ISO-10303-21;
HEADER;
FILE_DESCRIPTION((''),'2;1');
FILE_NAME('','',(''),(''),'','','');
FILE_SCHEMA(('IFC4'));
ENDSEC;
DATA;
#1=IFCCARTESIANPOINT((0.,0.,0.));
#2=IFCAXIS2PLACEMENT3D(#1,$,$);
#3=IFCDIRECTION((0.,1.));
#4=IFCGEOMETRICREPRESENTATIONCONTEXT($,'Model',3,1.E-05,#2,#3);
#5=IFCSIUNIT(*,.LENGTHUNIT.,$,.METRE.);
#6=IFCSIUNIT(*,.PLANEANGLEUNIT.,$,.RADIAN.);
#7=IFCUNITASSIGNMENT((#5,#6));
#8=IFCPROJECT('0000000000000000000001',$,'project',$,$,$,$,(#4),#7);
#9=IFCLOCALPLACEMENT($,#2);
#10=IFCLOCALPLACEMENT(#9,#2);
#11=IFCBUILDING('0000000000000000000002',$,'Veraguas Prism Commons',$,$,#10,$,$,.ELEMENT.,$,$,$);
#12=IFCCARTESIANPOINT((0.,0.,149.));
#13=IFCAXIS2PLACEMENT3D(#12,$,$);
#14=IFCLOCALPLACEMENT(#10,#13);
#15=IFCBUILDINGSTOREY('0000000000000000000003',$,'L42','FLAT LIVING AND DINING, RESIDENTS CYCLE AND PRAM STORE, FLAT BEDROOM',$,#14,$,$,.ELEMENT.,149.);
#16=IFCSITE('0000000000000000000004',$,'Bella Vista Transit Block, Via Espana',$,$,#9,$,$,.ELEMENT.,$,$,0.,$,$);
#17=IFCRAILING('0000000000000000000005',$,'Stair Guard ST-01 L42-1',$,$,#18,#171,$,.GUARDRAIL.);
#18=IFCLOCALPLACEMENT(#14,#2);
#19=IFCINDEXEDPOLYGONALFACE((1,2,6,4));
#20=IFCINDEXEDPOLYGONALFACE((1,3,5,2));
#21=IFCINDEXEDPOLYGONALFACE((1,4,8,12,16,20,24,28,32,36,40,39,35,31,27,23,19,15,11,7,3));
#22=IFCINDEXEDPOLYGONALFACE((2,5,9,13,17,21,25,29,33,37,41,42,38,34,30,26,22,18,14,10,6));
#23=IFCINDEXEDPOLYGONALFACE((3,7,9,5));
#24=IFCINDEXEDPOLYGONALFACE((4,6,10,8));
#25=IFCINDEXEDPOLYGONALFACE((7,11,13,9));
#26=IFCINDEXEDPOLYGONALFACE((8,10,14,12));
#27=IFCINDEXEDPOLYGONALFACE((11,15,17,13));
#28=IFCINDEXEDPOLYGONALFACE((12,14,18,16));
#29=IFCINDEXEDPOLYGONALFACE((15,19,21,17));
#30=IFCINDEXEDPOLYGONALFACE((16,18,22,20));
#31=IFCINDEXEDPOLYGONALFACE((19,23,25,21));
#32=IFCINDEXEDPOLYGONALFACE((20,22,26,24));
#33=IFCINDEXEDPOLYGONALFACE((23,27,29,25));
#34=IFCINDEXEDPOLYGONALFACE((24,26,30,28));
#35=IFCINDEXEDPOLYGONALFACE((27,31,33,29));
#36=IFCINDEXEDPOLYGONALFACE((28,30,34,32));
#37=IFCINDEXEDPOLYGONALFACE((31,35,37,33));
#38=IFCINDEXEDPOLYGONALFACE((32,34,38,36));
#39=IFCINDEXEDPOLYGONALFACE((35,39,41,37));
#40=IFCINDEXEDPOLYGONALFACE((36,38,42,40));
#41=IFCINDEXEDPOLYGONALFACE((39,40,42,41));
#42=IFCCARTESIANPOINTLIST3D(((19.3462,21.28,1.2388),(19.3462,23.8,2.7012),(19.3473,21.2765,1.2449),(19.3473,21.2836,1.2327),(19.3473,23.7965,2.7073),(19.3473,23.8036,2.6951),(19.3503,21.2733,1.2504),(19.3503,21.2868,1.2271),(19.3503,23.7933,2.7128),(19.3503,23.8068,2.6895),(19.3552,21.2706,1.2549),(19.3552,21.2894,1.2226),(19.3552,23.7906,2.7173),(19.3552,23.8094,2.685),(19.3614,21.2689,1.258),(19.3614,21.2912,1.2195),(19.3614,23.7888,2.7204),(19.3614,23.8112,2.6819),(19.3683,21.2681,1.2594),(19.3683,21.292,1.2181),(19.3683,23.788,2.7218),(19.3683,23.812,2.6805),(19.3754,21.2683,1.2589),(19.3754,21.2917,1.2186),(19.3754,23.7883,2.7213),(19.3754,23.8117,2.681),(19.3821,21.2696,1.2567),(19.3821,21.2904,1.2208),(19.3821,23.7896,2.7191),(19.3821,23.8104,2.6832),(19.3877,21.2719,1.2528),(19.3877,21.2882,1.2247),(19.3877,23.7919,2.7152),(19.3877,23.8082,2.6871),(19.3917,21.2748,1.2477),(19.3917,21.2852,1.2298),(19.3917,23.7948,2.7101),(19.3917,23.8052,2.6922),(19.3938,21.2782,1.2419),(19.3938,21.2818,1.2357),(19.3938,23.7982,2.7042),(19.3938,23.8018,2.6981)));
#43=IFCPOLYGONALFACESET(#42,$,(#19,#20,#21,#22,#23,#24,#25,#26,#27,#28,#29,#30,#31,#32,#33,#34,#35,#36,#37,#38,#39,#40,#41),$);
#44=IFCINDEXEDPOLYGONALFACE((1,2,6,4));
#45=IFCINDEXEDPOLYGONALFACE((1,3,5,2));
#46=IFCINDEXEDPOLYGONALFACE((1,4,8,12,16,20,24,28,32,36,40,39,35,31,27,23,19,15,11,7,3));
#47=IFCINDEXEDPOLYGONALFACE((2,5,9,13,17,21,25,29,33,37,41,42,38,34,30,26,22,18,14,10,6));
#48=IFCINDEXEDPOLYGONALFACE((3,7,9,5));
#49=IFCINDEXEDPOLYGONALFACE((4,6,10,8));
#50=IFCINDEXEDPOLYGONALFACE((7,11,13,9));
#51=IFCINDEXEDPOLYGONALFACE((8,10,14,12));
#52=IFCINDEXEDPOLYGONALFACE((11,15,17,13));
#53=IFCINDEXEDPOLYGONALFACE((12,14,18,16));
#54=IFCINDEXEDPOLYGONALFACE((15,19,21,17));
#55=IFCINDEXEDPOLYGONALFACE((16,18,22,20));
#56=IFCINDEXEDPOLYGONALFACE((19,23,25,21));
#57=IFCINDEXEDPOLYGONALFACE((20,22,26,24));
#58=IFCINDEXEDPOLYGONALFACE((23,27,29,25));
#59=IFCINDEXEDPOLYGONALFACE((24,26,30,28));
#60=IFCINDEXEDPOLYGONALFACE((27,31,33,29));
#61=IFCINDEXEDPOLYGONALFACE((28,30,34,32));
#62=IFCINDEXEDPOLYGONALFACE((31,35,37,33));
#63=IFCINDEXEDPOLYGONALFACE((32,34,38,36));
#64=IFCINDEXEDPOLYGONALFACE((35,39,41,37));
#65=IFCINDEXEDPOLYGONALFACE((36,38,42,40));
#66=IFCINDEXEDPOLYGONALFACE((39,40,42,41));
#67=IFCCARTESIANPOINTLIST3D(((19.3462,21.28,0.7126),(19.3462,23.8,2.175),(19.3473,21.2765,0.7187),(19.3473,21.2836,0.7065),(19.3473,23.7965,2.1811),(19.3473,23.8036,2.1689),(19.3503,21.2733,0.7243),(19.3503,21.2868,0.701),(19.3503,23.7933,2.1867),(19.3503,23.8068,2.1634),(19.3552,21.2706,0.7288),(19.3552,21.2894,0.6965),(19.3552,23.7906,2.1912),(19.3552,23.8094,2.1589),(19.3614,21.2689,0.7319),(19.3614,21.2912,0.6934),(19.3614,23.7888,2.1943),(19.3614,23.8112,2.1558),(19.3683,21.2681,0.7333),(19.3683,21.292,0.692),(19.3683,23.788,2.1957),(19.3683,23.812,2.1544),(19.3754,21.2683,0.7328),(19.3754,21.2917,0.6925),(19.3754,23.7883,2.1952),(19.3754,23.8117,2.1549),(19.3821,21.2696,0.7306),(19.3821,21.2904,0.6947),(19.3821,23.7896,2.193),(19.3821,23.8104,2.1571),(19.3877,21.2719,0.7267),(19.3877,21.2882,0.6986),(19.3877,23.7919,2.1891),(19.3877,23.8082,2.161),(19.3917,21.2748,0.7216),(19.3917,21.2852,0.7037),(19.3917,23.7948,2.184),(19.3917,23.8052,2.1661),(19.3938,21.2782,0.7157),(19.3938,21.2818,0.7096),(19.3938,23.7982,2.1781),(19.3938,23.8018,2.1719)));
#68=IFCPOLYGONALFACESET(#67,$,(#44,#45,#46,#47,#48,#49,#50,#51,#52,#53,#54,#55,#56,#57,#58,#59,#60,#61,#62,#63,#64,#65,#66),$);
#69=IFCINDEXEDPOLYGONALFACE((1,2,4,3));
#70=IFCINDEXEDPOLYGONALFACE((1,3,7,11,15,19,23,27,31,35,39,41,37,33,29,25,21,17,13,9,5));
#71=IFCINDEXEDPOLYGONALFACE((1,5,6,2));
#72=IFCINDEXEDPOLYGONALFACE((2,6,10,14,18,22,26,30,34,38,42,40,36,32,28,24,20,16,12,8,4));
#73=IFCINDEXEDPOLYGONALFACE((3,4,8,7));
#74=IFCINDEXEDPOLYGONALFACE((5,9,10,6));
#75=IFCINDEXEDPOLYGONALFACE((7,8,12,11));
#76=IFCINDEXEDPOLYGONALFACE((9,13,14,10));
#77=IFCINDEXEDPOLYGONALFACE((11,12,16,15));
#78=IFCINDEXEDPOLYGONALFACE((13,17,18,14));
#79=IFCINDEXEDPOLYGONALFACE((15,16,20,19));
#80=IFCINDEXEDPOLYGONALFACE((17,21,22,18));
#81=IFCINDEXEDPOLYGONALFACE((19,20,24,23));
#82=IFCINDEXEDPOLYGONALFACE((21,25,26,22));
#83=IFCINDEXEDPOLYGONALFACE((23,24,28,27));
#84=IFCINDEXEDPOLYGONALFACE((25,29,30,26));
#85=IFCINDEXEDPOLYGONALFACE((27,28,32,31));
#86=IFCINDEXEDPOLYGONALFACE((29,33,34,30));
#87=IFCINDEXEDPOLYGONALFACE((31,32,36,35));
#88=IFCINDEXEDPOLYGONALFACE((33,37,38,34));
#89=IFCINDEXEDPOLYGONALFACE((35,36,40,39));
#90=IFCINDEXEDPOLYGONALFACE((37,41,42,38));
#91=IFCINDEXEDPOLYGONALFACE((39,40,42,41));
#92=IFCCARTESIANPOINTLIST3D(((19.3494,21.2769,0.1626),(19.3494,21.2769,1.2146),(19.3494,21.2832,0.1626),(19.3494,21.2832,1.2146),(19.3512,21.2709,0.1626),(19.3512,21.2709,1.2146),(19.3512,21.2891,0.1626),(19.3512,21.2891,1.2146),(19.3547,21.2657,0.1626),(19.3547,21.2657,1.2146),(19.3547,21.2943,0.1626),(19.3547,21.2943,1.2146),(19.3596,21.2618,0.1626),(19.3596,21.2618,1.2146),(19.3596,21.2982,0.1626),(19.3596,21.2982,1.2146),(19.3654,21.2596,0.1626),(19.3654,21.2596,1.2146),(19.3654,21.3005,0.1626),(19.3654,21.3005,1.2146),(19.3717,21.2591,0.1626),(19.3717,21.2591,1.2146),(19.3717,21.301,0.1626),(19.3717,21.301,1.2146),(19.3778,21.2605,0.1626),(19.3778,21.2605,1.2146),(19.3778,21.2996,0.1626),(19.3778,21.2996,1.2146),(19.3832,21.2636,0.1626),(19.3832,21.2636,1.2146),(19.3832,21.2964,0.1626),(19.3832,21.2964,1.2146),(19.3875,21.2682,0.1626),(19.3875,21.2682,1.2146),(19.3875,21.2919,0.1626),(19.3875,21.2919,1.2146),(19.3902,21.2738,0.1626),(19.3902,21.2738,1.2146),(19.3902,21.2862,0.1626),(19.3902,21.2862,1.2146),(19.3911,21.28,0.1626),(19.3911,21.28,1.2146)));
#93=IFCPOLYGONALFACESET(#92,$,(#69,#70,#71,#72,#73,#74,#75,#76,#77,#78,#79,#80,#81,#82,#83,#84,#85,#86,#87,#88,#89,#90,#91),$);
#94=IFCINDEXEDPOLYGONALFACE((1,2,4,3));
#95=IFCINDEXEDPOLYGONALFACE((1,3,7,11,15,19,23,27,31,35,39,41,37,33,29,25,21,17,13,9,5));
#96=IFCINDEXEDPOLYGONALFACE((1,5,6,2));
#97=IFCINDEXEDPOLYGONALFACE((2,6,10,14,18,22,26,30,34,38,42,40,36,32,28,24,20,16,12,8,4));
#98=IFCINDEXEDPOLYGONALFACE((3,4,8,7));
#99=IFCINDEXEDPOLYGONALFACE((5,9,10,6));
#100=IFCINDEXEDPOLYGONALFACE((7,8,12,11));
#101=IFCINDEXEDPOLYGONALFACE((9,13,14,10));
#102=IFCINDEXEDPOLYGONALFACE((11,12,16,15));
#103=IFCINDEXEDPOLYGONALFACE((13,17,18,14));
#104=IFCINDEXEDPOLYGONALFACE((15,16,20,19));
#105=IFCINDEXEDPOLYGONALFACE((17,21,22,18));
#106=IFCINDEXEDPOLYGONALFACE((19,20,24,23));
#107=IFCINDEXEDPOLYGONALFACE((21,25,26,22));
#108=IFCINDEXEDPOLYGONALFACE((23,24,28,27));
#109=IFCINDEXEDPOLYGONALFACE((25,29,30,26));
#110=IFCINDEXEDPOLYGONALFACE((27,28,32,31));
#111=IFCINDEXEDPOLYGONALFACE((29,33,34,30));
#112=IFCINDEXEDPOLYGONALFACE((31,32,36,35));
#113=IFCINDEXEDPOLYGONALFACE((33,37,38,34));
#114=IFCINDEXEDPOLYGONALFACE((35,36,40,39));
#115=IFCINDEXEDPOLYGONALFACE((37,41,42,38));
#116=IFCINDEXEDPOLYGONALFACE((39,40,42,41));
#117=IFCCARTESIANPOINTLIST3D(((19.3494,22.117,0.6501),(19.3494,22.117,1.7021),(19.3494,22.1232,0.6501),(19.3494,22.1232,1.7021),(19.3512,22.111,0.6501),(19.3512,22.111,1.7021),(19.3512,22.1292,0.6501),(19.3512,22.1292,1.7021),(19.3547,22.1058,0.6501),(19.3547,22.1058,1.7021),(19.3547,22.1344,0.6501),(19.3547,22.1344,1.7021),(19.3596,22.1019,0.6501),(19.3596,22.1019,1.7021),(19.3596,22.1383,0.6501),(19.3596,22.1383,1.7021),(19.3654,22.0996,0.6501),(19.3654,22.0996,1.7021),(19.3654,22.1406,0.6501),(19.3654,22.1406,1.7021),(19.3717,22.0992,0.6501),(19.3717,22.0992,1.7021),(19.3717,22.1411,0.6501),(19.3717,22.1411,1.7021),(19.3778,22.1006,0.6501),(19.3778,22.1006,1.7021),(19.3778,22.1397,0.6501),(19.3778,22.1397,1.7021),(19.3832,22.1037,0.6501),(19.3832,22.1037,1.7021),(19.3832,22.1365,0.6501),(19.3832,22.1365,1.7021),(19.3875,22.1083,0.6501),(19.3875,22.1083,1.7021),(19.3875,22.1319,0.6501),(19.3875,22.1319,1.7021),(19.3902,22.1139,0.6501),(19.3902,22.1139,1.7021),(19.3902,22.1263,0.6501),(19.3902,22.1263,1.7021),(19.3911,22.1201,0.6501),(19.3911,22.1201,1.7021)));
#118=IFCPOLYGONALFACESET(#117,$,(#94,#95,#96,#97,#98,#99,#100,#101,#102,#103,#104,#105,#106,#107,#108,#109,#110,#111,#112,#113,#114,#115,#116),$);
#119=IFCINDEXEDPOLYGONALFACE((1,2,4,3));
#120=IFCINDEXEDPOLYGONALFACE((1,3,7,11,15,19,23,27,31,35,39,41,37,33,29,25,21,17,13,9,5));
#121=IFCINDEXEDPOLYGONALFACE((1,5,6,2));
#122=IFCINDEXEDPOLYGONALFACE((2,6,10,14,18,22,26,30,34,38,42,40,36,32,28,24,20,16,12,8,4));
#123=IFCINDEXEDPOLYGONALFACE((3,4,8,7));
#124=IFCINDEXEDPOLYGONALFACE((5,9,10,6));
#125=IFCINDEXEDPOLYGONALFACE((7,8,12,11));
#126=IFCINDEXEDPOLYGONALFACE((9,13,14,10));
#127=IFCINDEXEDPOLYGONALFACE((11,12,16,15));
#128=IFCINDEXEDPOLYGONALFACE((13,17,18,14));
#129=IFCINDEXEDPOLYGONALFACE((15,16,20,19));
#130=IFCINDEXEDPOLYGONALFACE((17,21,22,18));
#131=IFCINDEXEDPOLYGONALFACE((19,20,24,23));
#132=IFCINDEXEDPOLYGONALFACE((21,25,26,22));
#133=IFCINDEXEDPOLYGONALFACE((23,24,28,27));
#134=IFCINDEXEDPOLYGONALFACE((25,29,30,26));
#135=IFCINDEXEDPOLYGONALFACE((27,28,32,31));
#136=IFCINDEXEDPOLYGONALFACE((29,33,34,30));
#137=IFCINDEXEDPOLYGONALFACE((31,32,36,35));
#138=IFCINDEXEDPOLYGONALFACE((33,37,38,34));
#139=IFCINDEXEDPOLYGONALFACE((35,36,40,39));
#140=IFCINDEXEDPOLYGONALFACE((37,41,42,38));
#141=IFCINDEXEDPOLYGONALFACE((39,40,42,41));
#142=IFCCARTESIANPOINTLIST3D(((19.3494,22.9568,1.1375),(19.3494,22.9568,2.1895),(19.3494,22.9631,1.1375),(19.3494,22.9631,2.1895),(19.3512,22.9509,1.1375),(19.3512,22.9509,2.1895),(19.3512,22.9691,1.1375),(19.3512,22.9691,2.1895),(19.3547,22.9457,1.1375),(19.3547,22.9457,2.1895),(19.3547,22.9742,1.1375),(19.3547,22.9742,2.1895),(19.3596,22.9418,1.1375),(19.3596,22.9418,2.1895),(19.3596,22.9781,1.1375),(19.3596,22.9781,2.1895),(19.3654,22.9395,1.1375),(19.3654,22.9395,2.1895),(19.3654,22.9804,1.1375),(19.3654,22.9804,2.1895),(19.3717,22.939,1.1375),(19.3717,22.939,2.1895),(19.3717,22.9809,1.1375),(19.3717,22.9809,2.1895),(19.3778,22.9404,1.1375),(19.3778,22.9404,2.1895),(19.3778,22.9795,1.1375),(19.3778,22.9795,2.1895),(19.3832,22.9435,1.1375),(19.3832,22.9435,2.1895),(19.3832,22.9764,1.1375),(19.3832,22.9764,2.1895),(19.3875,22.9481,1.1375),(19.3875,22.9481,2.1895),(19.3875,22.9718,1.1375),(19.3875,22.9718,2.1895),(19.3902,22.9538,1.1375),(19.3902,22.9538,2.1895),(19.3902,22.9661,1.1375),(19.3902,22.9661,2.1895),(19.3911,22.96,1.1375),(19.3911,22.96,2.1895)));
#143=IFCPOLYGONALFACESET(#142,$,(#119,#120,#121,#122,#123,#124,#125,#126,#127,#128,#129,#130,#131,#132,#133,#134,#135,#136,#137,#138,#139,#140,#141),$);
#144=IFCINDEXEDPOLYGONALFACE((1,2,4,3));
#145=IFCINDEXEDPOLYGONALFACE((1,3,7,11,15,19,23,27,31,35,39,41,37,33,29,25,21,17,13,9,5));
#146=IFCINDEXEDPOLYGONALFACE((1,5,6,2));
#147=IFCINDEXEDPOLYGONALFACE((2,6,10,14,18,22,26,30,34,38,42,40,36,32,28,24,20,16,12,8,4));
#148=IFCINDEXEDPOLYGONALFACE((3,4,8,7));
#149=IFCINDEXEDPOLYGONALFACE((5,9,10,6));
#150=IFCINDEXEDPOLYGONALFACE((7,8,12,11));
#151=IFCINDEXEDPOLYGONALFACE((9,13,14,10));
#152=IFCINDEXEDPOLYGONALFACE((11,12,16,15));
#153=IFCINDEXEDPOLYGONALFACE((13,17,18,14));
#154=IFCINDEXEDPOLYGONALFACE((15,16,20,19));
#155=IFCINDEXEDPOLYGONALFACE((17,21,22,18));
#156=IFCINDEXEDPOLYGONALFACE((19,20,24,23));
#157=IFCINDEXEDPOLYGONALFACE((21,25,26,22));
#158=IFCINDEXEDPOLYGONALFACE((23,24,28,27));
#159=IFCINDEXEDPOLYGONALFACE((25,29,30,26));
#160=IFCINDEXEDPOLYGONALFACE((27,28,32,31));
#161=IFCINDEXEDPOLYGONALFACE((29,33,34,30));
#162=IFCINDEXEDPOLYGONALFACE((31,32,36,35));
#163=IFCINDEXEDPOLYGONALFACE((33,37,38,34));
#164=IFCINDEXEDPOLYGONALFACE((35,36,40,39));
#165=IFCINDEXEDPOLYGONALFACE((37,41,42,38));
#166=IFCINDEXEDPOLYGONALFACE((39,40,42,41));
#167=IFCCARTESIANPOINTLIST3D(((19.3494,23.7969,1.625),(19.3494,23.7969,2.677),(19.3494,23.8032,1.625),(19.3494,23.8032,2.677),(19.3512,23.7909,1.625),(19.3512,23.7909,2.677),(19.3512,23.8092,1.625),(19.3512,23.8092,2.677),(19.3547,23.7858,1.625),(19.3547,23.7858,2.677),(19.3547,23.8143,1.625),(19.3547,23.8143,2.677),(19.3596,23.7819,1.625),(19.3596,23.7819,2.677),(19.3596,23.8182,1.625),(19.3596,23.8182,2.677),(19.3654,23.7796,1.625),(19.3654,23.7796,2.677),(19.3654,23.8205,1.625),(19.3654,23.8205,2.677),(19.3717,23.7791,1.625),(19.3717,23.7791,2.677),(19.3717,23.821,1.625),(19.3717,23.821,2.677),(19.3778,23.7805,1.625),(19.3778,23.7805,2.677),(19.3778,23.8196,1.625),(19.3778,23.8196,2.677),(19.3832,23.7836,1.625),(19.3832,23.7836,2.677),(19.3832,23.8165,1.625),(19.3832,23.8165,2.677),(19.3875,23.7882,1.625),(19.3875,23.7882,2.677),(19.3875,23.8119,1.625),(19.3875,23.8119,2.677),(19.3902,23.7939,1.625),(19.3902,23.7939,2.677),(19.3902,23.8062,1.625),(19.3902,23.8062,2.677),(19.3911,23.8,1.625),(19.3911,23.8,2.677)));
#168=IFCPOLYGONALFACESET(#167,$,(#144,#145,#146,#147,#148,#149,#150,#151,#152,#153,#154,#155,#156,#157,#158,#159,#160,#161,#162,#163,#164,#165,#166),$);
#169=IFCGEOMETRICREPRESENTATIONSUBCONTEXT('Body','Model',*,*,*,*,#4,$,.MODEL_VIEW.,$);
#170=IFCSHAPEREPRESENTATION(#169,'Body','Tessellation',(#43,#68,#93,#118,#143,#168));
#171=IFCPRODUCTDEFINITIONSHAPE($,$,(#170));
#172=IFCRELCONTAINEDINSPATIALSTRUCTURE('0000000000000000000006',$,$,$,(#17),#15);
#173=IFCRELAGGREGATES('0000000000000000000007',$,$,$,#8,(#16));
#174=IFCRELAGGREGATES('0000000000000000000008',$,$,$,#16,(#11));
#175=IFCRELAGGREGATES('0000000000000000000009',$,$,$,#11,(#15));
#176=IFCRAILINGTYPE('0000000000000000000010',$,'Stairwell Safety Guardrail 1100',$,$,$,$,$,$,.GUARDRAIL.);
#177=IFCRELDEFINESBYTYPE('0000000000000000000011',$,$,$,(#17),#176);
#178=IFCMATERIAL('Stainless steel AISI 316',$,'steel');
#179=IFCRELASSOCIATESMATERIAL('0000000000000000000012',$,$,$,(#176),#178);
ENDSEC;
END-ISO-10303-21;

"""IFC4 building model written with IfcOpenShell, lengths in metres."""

from ifc_helpers import new_model, si_unit, direction, frame, origin, origin_2d, place, context, subcontext, project, spatial, circle, extrude, material, type_object, element, save


model = new_model("IFC4")

# Units and contexts
model_context = context("Model", 3, precision=1e-05, world=origin(), true_north=direction((0.0, 1.0)))
body_context = subcontext(model_context, "Body", "Model", "MODEL_VIEW")
ifc_project = project(units=[si_unit("LENGTHUNIT", "METRE"), si_unit("PLANEANGLEUNIT", "RADIAN")], contexts=[model_context])

# Site, building, storey
site_placement = place(None, origin())
site = spatial("IfcSite", under=ifc_project, at=site_placement, Name="Bella Vista Transit Block, Via Espana", CompositionType="ELEMENT", RefElevation=0.0)
building_placement = place(site_placement, origin())
building = spatial("IfcBuilding", under=site, at=building_placement, Name="Veraguas Prism Commons", CompositionType="ELEMENT")
storey_placement = place(building_placement, frame((0.0, 0.0, 149.0)))
storey = spatial("IfcBuildingStorey", under=building, at=storey_placement, Name="L42", Description="FLAT LIVING AND DINING, RESIDENTS CYCLE AND PRAM STORE, FLAT BEDROOM", CompositionType="ELEMENT", Elevation=149.0)

# Shared definitions
ifc_material_1 = material(Name="Stainless steel AISI 316", Category="steel")

# Railing
railing_type_1 = type_object("IfcRailingType", Name="Stairwell Safety Guardrail 1100", PredefinedType="GUARDRAIL", material=ifc_material_1)
railing_1_placement = place(storey_placement, frame((19.3701, 21.28, 0.1626)))
element("IfcRailing", 1, at=railing_1_placement, inside=storey, type_object=railing_type_1, Name="Stair Guard ST-01 L42-1", PredefinedType="GUARDRAIL", context=body_context, shape_type="SweptSolid", body=[
    extrude(circle(Radius=0.0239, at=origin_2d()), frame((0.0, 0.0, 1.0762), z_axis=(0.0, 0.864913, 0.501921), x_axis=(-1.0, 0.0, 0.0)), (0.0, 0.0, 1.0), 2.9136),
    extrude(circle(Radius=0.0239, at=origin_2d()), frame((0.0, 0.0, 0.55), z_axis=(0.0, 0.864913, 0.501921), x_axis=(-1.0, 0.0, 0.0)), (0.0, 0.0, 1.0), 2.9136),
    extrude(circle(Radius=0.021, at=origin_2d()), origin(), (0.0, 0.0, 1.0), 1.052),
    extrude(circle(Radius=0.021, at=origin_2d()), frame((0.0, 0.8401, 0.4875)), (0.0, 0.0, 1.0), 1.052),
    extrude(circle(Radius=0.021, at=origin_2d()), frame((0.0, 1.6799, 0.9749)), (0.0, 0.0, 1.0), 1.052),
    extrude(circle(Radius=0.021, at=origin_2d()), frame((0.0, 2.52, 1.4624)), (0.0, 0.0, 1.0), 1.052),
])

save(model, "model.ifc")
